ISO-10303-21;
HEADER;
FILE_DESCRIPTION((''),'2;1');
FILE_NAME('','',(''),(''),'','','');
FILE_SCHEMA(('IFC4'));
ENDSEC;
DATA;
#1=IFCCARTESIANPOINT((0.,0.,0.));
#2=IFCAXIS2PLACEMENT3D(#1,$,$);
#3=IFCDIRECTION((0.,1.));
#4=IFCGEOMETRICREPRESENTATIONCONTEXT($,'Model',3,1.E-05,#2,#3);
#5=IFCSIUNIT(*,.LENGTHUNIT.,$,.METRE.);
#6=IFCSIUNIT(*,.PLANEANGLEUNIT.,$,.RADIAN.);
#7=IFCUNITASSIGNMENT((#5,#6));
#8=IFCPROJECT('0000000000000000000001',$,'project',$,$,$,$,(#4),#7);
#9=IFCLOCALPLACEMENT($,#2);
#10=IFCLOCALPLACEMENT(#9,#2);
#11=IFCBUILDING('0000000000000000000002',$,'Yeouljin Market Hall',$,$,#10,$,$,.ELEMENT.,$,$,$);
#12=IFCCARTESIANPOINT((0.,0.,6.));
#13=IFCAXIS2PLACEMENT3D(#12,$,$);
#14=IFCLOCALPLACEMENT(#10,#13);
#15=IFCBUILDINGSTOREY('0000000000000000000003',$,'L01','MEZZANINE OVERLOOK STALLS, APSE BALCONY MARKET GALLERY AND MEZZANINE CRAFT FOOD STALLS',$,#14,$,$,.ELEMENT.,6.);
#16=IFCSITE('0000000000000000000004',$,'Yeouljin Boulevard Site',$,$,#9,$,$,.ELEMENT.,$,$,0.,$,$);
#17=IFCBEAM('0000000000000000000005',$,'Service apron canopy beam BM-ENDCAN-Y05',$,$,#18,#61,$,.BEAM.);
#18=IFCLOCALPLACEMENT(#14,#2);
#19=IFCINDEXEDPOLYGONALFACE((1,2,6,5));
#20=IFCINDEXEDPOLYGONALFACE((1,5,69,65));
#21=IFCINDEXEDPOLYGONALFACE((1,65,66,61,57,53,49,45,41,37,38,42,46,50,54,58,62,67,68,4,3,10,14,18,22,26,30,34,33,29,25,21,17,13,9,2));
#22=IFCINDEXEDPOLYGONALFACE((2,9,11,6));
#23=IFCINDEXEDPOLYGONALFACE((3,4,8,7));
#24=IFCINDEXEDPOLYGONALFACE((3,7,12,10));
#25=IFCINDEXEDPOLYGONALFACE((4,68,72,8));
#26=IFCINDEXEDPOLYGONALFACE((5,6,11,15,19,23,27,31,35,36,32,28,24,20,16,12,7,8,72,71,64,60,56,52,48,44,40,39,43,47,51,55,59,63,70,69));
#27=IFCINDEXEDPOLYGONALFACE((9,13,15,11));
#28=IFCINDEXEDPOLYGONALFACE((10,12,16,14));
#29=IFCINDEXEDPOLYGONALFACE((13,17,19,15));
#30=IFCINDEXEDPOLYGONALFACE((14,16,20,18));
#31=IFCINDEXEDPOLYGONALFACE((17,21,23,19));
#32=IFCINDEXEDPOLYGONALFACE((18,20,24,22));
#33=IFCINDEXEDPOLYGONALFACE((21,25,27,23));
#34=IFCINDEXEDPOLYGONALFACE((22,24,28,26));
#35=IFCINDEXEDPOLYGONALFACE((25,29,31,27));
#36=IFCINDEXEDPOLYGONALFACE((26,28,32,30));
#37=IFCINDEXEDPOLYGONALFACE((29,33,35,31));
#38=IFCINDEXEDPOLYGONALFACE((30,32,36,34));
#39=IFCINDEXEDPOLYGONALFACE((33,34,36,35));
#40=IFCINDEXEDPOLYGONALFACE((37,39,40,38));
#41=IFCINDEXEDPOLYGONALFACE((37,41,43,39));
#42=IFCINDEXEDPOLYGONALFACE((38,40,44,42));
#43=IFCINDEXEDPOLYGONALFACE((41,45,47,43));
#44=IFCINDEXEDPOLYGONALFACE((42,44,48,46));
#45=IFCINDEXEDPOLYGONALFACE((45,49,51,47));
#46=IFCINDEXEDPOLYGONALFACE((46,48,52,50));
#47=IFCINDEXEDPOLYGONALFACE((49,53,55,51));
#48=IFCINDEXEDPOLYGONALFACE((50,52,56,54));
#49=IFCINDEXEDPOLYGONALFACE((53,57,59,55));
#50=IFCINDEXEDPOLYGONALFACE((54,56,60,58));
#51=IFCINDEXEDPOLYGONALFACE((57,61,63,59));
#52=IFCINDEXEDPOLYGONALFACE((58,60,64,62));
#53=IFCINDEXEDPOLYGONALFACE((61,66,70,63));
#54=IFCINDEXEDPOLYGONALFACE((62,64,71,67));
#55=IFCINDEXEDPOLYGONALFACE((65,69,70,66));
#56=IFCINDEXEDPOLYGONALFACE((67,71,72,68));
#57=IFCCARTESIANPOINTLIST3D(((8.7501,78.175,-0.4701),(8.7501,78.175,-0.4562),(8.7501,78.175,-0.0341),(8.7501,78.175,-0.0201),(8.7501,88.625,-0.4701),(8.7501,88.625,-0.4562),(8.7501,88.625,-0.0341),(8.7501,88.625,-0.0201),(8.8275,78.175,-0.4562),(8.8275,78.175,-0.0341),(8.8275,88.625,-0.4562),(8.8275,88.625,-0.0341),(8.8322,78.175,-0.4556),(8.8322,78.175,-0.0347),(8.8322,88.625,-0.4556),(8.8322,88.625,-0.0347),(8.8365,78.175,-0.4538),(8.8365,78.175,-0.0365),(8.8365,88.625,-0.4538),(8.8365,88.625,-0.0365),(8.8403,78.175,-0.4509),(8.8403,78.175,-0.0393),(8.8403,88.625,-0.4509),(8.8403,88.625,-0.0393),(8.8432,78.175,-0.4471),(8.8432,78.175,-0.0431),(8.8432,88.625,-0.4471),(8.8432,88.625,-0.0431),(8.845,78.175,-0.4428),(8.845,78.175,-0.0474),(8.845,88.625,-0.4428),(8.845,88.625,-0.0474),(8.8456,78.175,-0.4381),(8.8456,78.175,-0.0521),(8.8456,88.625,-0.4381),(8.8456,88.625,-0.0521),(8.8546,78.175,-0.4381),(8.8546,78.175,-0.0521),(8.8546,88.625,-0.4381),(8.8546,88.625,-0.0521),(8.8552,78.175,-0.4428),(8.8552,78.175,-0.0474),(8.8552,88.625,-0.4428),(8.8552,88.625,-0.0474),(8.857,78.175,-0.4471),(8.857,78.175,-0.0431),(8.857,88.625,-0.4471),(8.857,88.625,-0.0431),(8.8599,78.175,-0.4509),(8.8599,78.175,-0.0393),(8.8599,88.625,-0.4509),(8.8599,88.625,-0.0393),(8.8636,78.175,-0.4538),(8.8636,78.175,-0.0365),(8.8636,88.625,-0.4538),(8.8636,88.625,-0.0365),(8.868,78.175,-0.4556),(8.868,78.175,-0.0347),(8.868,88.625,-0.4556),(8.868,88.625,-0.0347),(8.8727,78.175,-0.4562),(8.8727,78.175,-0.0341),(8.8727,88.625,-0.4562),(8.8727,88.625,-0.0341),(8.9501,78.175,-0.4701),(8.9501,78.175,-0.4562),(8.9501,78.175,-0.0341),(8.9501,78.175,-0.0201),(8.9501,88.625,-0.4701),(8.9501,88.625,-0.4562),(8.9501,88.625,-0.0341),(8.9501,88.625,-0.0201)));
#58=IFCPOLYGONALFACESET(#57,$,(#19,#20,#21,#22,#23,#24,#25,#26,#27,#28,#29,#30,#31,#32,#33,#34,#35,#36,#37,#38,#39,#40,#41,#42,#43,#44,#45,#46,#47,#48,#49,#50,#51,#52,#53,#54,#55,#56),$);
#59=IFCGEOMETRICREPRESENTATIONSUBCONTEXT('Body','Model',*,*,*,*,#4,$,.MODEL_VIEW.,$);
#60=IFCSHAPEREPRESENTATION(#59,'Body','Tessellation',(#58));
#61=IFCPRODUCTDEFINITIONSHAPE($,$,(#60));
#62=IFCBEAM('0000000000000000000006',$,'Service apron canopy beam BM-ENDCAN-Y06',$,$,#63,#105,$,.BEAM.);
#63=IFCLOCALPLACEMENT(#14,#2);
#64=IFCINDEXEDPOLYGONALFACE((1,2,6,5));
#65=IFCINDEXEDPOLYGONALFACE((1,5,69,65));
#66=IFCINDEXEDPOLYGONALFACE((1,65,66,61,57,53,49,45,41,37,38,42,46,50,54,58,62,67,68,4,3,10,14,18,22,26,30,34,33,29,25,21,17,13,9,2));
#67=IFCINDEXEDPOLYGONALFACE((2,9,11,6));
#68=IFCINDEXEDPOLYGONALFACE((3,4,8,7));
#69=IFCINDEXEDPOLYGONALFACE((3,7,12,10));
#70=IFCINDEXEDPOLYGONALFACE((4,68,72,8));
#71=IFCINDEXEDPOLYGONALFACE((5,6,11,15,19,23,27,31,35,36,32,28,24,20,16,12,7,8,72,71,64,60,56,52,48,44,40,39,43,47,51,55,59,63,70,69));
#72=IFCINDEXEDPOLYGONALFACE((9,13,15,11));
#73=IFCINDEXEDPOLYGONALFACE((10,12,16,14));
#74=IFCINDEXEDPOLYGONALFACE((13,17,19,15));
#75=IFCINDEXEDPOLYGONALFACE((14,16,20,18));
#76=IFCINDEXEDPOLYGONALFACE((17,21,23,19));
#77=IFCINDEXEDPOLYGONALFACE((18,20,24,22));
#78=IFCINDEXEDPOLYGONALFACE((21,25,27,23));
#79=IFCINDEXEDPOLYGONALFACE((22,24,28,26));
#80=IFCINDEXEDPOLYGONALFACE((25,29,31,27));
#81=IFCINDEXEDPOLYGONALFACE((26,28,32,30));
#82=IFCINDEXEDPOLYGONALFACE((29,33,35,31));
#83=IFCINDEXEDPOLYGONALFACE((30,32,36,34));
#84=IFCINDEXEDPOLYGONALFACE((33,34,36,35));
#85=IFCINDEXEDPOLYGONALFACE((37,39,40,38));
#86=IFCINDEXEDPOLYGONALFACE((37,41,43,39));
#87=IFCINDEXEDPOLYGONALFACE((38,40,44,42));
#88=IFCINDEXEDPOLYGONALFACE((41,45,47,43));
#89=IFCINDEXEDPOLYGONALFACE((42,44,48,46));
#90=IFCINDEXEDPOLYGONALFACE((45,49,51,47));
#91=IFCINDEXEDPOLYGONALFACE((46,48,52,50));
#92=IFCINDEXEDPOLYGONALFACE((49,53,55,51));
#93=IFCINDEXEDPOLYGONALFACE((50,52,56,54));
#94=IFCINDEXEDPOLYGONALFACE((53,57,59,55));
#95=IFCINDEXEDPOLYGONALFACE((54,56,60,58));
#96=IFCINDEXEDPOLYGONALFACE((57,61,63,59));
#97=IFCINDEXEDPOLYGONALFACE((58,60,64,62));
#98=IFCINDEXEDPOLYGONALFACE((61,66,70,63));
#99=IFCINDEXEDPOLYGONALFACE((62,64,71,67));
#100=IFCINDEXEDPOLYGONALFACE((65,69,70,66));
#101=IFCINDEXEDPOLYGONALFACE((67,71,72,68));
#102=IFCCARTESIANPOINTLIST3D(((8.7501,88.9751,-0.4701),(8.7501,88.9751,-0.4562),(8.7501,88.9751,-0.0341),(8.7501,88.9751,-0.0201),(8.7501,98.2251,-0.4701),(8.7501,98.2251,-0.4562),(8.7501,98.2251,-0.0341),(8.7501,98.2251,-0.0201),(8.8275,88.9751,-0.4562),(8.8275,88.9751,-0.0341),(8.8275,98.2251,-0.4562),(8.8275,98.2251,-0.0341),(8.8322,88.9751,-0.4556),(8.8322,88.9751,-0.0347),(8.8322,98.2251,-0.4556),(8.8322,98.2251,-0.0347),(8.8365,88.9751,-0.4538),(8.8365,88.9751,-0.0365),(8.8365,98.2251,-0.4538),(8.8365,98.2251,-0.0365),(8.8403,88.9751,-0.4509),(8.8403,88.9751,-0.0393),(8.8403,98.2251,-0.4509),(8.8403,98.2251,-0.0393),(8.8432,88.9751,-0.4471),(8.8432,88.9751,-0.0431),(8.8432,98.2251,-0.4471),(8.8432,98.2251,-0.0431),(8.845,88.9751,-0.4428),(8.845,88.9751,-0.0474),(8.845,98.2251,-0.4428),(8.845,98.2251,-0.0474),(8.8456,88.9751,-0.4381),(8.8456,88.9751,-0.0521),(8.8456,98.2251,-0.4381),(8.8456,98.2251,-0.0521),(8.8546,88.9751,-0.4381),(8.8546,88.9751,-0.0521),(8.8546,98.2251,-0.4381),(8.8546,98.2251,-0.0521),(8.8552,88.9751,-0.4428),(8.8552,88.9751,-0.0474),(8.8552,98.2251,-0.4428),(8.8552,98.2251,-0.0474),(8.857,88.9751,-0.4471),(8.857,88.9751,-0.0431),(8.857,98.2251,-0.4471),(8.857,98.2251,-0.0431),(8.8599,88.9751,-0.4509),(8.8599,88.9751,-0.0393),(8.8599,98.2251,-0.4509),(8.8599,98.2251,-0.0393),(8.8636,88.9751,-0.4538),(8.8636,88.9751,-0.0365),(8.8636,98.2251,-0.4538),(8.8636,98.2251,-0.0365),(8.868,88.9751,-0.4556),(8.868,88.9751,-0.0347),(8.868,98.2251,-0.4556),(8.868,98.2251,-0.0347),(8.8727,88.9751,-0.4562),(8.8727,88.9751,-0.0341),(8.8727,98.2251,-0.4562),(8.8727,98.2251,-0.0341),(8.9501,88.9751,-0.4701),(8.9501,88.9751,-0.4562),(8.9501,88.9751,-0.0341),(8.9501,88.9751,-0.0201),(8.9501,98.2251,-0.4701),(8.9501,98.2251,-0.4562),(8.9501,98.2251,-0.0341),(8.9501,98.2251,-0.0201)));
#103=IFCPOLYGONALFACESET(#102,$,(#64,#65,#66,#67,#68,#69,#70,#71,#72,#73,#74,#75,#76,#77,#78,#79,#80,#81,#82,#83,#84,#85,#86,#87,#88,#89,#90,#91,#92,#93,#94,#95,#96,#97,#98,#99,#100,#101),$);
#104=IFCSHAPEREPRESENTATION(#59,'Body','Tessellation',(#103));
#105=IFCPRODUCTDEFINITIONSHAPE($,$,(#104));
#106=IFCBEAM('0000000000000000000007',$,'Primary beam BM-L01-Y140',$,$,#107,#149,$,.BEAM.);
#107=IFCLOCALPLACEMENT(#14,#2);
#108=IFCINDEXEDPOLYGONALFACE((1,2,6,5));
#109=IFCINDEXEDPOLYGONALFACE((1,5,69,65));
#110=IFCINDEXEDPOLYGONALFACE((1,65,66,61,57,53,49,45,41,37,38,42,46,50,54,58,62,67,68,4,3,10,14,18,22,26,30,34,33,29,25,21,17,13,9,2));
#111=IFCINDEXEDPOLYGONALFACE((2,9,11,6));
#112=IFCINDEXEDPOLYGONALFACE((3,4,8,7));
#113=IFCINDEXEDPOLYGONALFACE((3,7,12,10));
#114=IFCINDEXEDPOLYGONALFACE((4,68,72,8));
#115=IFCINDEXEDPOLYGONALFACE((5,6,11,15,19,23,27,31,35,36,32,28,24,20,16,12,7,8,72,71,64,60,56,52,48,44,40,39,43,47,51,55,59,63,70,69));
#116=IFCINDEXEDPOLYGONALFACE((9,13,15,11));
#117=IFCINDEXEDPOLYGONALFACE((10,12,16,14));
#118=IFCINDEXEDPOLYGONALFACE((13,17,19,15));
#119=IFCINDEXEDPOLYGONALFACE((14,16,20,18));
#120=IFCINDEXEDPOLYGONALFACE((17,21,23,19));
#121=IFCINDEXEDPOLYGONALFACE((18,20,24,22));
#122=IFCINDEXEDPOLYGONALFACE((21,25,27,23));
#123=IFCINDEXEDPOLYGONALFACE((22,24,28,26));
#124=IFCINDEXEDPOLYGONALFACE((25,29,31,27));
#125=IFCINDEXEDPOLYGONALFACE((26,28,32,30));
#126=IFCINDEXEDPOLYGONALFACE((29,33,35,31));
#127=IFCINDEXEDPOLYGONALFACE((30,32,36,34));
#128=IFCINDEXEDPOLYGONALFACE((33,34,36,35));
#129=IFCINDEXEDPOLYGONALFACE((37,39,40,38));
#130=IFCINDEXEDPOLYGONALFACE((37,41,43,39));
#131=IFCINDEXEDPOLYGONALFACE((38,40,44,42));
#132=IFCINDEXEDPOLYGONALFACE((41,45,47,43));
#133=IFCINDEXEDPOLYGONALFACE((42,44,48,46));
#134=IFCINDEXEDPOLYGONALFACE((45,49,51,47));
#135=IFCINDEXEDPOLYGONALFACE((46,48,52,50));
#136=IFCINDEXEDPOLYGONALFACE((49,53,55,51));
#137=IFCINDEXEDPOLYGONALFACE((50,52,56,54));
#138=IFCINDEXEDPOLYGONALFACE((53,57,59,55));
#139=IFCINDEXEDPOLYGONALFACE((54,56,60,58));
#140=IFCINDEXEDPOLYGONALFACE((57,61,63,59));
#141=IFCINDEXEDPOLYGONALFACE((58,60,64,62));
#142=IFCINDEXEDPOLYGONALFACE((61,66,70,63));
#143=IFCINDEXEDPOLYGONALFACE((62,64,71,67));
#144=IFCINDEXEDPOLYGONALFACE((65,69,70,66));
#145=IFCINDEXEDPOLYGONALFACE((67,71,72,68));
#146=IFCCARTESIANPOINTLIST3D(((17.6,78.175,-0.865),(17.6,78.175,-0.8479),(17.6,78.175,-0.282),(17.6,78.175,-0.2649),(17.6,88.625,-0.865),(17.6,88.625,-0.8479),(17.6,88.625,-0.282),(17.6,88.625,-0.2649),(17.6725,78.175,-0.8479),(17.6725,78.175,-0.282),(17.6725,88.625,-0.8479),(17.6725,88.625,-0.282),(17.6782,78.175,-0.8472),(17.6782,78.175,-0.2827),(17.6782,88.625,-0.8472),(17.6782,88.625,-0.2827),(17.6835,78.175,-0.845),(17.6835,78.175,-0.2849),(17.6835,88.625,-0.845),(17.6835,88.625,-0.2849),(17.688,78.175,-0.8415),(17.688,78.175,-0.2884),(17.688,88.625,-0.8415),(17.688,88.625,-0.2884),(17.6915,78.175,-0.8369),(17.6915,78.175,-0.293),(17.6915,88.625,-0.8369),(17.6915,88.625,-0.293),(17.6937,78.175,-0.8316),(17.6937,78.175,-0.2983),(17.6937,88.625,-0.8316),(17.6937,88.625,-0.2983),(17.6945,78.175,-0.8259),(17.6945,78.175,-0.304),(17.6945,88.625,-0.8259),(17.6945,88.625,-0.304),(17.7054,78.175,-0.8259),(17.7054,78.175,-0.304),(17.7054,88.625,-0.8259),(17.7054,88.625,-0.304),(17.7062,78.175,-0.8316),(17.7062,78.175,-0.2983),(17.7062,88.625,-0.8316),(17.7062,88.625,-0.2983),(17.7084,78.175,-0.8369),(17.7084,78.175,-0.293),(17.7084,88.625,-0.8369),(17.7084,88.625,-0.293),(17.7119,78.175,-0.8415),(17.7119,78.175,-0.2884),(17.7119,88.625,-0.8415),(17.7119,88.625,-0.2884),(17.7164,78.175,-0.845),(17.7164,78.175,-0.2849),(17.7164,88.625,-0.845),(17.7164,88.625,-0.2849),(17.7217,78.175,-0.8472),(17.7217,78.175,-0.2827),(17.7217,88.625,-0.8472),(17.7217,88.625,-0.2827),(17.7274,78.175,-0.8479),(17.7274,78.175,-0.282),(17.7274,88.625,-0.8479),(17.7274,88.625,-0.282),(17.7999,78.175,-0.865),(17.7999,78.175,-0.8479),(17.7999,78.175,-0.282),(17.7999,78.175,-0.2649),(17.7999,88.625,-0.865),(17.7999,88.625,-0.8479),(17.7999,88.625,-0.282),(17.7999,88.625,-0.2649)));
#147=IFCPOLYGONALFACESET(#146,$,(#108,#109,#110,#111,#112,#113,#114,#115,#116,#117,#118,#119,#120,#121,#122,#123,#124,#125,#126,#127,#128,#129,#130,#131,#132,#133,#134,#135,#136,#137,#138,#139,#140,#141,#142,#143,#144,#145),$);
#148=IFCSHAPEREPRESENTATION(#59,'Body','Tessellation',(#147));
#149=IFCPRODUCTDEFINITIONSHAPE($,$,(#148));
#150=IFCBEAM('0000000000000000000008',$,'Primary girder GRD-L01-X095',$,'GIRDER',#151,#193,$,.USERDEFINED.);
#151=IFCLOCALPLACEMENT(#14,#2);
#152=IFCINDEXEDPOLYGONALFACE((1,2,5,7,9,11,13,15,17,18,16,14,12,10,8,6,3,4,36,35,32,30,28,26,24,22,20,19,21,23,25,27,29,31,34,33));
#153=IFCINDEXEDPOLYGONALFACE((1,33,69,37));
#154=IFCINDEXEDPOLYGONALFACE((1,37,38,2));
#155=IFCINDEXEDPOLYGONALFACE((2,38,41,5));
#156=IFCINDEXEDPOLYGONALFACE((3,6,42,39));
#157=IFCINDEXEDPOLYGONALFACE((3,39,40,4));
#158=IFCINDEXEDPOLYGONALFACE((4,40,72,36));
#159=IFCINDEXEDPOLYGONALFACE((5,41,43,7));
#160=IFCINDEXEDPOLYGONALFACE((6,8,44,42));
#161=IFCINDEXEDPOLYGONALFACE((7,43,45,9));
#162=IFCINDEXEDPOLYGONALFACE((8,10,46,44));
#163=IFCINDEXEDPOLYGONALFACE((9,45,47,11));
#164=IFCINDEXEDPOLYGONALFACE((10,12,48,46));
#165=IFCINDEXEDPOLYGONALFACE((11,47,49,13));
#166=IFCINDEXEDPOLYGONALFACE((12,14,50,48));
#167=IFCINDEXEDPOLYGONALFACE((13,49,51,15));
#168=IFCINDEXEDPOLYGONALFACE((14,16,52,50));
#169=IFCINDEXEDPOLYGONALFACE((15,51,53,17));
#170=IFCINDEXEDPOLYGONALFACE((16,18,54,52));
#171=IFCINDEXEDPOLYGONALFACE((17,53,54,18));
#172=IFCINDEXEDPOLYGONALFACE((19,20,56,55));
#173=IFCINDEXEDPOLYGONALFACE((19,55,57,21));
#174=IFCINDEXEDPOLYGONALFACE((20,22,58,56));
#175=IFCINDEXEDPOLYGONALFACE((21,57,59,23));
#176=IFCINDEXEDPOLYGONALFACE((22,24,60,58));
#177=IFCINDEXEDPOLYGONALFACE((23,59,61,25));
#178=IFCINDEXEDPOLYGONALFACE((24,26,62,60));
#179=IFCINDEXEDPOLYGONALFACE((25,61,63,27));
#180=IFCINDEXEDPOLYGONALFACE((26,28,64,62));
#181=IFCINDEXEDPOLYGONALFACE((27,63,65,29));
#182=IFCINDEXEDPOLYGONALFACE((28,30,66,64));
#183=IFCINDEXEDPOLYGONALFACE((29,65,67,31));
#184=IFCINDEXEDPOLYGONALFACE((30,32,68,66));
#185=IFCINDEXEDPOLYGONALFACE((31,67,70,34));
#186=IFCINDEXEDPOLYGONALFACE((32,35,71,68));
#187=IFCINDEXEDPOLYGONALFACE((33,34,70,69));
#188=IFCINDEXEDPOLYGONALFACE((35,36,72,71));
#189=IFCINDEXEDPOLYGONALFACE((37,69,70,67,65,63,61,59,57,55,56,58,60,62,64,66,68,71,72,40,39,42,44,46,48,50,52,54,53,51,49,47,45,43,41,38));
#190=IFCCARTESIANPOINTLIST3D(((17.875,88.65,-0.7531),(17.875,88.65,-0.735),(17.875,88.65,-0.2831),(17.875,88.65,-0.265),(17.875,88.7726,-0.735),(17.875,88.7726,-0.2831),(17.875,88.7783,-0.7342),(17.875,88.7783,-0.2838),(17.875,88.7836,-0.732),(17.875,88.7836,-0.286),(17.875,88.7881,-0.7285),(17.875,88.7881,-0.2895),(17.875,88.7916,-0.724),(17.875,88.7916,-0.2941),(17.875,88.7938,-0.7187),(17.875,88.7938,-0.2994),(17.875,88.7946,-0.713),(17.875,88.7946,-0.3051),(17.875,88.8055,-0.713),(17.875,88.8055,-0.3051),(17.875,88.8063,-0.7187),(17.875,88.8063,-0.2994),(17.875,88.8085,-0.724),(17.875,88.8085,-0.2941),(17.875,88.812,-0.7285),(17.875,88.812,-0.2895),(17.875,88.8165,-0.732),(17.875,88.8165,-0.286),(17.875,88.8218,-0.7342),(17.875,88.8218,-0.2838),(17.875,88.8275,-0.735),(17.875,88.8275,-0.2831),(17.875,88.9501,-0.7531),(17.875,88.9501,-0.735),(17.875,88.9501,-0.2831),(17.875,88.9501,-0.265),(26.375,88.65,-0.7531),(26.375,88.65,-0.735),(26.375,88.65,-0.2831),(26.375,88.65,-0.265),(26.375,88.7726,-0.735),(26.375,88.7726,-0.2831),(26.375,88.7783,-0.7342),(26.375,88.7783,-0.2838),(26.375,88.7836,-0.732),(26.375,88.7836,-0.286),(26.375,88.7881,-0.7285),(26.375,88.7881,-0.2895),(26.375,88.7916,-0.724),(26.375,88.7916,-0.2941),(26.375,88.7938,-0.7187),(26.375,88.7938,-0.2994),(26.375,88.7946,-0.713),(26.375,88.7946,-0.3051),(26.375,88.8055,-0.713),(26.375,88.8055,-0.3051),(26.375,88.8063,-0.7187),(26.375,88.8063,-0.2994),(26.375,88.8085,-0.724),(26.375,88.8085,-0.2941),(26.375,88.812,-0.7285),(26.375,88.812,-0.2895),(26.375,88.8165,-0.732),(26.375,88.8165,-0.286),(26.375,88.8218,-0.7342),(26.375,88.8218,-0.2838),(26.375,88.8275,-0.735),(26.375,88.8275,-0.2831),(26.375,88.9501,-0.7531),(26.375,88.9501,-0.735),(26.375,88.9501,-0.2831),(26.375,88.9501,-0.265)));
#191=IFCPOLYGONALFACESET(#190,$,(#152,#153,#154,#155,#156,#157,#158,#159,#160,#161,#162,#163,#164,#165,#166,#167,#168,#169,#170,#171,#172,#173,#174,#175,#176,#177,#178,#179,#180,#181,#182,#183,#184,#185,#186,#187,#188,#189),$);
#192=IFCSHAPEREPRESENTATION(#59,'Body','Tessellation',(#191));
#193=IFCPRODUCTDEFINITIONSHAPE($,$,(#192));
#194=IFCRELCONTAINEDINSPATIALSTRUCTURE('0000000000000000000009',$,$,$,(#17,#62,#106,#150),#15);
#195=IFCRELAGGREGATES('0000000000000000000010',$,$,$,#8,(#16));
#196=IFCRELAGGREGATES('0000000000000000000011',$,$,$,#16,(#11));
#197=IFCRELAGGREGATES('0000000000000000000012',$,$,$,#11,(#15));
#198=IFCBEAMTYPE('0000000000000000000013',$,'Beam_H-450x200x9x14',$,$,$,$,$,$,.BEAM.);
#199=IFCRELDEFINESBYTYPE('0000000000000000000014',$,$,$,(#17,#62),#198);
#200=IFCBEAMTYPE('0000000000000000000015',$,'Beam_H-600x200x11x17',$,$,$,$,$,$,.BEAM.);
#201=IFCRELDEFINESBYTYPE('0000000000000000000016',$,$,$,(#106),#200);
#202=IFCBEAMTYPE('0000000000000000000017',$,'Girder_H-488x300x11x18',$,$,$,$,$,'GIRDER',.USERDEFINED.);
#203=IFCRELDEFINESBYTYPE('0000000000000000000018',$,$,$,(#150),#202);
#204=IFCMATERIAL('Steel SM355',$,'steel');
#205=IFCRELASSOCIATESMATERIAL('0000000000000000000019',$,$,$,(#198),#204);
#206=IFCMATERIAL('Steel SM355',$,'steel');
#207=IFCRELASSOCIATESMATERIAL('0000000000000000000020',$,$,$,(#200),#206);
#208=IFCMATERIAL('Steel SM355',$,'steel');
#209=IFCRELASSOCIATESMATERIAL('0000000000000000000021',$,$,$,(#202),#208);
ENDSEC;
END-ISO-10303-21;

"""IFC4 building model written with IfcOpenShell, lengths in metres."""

from ifc_helpers import new_model, si_unit, direction, frame, origin, origin_2d, place, context, subcontext, project, spatial, i_section, extrude, material, material_profile, profile_set, type_object, element, save


model = new_model("IFC4")

# Units and contexts
model_context = context("Model", 3, precision=1e-05, world=origin(), true_north=direction((0.0, 1.0)))
body_context = subcontext(model_context, "Body", "Model", "MODEL_VIEW")
ifc_project = project(units=[si_unit("LENGTHUNIT", "METRE"), si_unit("PLANEANGLEUNIT", "RADIAN")], contexts=[model_context])

# Site, building, storey
site_placement = place(None, origin())
site = spatial("IfcSite", under=ifc_project, at=site_placement, Name="Yeouljin Boulevard Site", CompositionType="ELEMENT", RefElevation=0.0)
building_placement = place(site_placement, origin())
building = spatial("IfcBuilding", under=site, at=building_placement, Name="Yeouljin Market Hall", CompositionType="ELEMENT")
storey_placement = place(building_placement, frame((0.0, 0.0, 6.0)))
storey = spatial("IfcBuildingStorey", under=building, at=storey_placement, Name="L01", Description="MEZZANINE OVERLOOK STALLS, APSE BALCONY MARKET GALLERY AND MEZZANINE CRAFT FOOD STALLS", CompositionType="ELEMENT", Elevation=6.0)

# Beams
ifc_material_1 = material(Name="Steel SM355", Category="steel")
ifc_material_profile_1 = material_profile(ifc_material_1, i_section(OverallWidth=0.2, OverallDepth=0.45, WebThickness=0.009, FlangeThickness=0.0139, FilletRadius=0.0181, at=origin_2d()), Name="H-450x200x9x14")
ifc_profile_set_1 = profile_set([ifc_material_profile_1], Name="Steel SM355")
beam_type_1 = type_object("IfcBeamType", Name="Beam_H-450x200x9x14", PredefinedType="BEAM", material=ifc_profile_set_1)
beam_1_placement = place(storey_placement, frame((8.8501, 78.175, -0.2451), z_axis=(0.0, 1.0, 0.0), x_axis=(-1.0, 0.0, 0.0)))
element("IfcBeam", 1, at=beam_1_placement, inside=storey, type_object=beam_type_1, Name="Service apron canopy beam BM-ENDCAN-Y05", PredefinedType="BEAM", context=body_context, shape_type="SweptSolid", body=[
    extrude(i_section(OverallWidth=0.2, OverallDepth=0.45, WebThickness=0.009, FlangeThickness=0.0139, FilletRadius=0.0181, at=origin_2d()), origin(), (0.0, 0.0, 1.0), 10.45),
])
beam_2_placement = place(storey_placement, frame((8.8501, 88.9751, -0.2451), z_axis=(0.0, 1.0, 0.0), x_axis=(-1.0, 0.0, 0.0)))
element("IfcBeam", 2, at=beam_2_placement, inside=storey, type_object=beam_type_1, Name="Service apron canopy beam BM-ENDCAN-Y06", PredefinedType="BEAM", context=body_context, shape_type="SweptSolid", body=[
    extrude(i_section(OverallWidth=0.2, OverallDepth=0.45, WebThickness=0.009, FlangeThickness=0.0139, FilletRadius=0.0181, at=origin_2d()), origin(), (0.0, 0.0, 1.0), 9.25),
])
ifc_material_2 = material(Name="Steel SM355", Category="steel")
ifc_material_profile_2 = material_profile(ifc_material_2, i_section(OverallWidth=0.2, OverallDepth=0.6001, WebThickness=0.011, FlangeThickness=0.0171, FilletRadius=0.022, at=origin_2d()), Name="H-600x200x11x17")
ifc_profile_set_2 = profile_set([ifc_material_profile_2], Name="Steel SM355")
beam_type_2 = type_object("IfcBeamType", Name="Beam_H-600x200x11x17", PredefinedType="BEAM", material=ifc_profile_set_2)
beam_3_placement = place(storey_placement, frame((17.7, 78.175, -0.5649), z_axis=(0.0, 1.0, 0.0), x_axis=(-1.0, 0.0, 0.0)))
element("IfcBeam", 3, at=beam_3_placement, inside=storey, type_object=beam_type_2, Name="Primary beam BM-L01-Y140", PredefinedType="BEAM", context=body_context, shape_type="SweptSolid", body=[
    extrude(i_section(OverallWidth=0.2, OverallDepth=0.6001, WebThickness=0.011, FlangeThickness=0.0171, FilletRadius=0.022, at=origin_2d()), origin(), (0.0, 0.0, 1.0), 10.45),
])
ifc_material_3 = material(Name="Steel SM355", Category="steel")
ifc_material_profile_3 = material_profile(ifc_material_3, i_section(OverallWidth=0.3, OverallDepth=0.488, WebThickness=0.011, FlangeThickness=0.0181, FilletRadius=0.022, at=origin_2d()), Name="H-488x300x11x18")
ifc_profile_set_3 = profile_set([ifc_material_profile_3], Name="Steel SM355")
beam_type_3 = type_object("IfcBeamType", Name="Girder_H-488x300x11x18", ElementType="GIRDER", PredefinedType="USERDEFINED", material=ifc_profile_set_3)
for number, where, z_axis, x_axis, name in (
    (4, (17.875, 88.8, -0.509), (1.0, 0.0, 0.0), (0.0, 1.0, 0.0), "Primary girder GRD-L01-X095"),
):
    element("IfcBeam", number, at=place(storey_placement, frame(where, z_axis=z_axis, x_axis=x_axis)), inside=storey, type_object=beam_type_3, Name=name, ObjectType="GIRDER", PredefinedType="USERDEFINED", context=body_context, shape_type="SweptSolid", body=[
        extrude(i_section(OverallWidth=0.3, OverallDepth=0.488, WebThickness=0.011, FlangeThickness=0.0181, FilletRadius=0.022, at=origin_2d()), origin(), (0.0, 0.0, 1.0), 8.5),
    ])

save(model, "model.ifc")
